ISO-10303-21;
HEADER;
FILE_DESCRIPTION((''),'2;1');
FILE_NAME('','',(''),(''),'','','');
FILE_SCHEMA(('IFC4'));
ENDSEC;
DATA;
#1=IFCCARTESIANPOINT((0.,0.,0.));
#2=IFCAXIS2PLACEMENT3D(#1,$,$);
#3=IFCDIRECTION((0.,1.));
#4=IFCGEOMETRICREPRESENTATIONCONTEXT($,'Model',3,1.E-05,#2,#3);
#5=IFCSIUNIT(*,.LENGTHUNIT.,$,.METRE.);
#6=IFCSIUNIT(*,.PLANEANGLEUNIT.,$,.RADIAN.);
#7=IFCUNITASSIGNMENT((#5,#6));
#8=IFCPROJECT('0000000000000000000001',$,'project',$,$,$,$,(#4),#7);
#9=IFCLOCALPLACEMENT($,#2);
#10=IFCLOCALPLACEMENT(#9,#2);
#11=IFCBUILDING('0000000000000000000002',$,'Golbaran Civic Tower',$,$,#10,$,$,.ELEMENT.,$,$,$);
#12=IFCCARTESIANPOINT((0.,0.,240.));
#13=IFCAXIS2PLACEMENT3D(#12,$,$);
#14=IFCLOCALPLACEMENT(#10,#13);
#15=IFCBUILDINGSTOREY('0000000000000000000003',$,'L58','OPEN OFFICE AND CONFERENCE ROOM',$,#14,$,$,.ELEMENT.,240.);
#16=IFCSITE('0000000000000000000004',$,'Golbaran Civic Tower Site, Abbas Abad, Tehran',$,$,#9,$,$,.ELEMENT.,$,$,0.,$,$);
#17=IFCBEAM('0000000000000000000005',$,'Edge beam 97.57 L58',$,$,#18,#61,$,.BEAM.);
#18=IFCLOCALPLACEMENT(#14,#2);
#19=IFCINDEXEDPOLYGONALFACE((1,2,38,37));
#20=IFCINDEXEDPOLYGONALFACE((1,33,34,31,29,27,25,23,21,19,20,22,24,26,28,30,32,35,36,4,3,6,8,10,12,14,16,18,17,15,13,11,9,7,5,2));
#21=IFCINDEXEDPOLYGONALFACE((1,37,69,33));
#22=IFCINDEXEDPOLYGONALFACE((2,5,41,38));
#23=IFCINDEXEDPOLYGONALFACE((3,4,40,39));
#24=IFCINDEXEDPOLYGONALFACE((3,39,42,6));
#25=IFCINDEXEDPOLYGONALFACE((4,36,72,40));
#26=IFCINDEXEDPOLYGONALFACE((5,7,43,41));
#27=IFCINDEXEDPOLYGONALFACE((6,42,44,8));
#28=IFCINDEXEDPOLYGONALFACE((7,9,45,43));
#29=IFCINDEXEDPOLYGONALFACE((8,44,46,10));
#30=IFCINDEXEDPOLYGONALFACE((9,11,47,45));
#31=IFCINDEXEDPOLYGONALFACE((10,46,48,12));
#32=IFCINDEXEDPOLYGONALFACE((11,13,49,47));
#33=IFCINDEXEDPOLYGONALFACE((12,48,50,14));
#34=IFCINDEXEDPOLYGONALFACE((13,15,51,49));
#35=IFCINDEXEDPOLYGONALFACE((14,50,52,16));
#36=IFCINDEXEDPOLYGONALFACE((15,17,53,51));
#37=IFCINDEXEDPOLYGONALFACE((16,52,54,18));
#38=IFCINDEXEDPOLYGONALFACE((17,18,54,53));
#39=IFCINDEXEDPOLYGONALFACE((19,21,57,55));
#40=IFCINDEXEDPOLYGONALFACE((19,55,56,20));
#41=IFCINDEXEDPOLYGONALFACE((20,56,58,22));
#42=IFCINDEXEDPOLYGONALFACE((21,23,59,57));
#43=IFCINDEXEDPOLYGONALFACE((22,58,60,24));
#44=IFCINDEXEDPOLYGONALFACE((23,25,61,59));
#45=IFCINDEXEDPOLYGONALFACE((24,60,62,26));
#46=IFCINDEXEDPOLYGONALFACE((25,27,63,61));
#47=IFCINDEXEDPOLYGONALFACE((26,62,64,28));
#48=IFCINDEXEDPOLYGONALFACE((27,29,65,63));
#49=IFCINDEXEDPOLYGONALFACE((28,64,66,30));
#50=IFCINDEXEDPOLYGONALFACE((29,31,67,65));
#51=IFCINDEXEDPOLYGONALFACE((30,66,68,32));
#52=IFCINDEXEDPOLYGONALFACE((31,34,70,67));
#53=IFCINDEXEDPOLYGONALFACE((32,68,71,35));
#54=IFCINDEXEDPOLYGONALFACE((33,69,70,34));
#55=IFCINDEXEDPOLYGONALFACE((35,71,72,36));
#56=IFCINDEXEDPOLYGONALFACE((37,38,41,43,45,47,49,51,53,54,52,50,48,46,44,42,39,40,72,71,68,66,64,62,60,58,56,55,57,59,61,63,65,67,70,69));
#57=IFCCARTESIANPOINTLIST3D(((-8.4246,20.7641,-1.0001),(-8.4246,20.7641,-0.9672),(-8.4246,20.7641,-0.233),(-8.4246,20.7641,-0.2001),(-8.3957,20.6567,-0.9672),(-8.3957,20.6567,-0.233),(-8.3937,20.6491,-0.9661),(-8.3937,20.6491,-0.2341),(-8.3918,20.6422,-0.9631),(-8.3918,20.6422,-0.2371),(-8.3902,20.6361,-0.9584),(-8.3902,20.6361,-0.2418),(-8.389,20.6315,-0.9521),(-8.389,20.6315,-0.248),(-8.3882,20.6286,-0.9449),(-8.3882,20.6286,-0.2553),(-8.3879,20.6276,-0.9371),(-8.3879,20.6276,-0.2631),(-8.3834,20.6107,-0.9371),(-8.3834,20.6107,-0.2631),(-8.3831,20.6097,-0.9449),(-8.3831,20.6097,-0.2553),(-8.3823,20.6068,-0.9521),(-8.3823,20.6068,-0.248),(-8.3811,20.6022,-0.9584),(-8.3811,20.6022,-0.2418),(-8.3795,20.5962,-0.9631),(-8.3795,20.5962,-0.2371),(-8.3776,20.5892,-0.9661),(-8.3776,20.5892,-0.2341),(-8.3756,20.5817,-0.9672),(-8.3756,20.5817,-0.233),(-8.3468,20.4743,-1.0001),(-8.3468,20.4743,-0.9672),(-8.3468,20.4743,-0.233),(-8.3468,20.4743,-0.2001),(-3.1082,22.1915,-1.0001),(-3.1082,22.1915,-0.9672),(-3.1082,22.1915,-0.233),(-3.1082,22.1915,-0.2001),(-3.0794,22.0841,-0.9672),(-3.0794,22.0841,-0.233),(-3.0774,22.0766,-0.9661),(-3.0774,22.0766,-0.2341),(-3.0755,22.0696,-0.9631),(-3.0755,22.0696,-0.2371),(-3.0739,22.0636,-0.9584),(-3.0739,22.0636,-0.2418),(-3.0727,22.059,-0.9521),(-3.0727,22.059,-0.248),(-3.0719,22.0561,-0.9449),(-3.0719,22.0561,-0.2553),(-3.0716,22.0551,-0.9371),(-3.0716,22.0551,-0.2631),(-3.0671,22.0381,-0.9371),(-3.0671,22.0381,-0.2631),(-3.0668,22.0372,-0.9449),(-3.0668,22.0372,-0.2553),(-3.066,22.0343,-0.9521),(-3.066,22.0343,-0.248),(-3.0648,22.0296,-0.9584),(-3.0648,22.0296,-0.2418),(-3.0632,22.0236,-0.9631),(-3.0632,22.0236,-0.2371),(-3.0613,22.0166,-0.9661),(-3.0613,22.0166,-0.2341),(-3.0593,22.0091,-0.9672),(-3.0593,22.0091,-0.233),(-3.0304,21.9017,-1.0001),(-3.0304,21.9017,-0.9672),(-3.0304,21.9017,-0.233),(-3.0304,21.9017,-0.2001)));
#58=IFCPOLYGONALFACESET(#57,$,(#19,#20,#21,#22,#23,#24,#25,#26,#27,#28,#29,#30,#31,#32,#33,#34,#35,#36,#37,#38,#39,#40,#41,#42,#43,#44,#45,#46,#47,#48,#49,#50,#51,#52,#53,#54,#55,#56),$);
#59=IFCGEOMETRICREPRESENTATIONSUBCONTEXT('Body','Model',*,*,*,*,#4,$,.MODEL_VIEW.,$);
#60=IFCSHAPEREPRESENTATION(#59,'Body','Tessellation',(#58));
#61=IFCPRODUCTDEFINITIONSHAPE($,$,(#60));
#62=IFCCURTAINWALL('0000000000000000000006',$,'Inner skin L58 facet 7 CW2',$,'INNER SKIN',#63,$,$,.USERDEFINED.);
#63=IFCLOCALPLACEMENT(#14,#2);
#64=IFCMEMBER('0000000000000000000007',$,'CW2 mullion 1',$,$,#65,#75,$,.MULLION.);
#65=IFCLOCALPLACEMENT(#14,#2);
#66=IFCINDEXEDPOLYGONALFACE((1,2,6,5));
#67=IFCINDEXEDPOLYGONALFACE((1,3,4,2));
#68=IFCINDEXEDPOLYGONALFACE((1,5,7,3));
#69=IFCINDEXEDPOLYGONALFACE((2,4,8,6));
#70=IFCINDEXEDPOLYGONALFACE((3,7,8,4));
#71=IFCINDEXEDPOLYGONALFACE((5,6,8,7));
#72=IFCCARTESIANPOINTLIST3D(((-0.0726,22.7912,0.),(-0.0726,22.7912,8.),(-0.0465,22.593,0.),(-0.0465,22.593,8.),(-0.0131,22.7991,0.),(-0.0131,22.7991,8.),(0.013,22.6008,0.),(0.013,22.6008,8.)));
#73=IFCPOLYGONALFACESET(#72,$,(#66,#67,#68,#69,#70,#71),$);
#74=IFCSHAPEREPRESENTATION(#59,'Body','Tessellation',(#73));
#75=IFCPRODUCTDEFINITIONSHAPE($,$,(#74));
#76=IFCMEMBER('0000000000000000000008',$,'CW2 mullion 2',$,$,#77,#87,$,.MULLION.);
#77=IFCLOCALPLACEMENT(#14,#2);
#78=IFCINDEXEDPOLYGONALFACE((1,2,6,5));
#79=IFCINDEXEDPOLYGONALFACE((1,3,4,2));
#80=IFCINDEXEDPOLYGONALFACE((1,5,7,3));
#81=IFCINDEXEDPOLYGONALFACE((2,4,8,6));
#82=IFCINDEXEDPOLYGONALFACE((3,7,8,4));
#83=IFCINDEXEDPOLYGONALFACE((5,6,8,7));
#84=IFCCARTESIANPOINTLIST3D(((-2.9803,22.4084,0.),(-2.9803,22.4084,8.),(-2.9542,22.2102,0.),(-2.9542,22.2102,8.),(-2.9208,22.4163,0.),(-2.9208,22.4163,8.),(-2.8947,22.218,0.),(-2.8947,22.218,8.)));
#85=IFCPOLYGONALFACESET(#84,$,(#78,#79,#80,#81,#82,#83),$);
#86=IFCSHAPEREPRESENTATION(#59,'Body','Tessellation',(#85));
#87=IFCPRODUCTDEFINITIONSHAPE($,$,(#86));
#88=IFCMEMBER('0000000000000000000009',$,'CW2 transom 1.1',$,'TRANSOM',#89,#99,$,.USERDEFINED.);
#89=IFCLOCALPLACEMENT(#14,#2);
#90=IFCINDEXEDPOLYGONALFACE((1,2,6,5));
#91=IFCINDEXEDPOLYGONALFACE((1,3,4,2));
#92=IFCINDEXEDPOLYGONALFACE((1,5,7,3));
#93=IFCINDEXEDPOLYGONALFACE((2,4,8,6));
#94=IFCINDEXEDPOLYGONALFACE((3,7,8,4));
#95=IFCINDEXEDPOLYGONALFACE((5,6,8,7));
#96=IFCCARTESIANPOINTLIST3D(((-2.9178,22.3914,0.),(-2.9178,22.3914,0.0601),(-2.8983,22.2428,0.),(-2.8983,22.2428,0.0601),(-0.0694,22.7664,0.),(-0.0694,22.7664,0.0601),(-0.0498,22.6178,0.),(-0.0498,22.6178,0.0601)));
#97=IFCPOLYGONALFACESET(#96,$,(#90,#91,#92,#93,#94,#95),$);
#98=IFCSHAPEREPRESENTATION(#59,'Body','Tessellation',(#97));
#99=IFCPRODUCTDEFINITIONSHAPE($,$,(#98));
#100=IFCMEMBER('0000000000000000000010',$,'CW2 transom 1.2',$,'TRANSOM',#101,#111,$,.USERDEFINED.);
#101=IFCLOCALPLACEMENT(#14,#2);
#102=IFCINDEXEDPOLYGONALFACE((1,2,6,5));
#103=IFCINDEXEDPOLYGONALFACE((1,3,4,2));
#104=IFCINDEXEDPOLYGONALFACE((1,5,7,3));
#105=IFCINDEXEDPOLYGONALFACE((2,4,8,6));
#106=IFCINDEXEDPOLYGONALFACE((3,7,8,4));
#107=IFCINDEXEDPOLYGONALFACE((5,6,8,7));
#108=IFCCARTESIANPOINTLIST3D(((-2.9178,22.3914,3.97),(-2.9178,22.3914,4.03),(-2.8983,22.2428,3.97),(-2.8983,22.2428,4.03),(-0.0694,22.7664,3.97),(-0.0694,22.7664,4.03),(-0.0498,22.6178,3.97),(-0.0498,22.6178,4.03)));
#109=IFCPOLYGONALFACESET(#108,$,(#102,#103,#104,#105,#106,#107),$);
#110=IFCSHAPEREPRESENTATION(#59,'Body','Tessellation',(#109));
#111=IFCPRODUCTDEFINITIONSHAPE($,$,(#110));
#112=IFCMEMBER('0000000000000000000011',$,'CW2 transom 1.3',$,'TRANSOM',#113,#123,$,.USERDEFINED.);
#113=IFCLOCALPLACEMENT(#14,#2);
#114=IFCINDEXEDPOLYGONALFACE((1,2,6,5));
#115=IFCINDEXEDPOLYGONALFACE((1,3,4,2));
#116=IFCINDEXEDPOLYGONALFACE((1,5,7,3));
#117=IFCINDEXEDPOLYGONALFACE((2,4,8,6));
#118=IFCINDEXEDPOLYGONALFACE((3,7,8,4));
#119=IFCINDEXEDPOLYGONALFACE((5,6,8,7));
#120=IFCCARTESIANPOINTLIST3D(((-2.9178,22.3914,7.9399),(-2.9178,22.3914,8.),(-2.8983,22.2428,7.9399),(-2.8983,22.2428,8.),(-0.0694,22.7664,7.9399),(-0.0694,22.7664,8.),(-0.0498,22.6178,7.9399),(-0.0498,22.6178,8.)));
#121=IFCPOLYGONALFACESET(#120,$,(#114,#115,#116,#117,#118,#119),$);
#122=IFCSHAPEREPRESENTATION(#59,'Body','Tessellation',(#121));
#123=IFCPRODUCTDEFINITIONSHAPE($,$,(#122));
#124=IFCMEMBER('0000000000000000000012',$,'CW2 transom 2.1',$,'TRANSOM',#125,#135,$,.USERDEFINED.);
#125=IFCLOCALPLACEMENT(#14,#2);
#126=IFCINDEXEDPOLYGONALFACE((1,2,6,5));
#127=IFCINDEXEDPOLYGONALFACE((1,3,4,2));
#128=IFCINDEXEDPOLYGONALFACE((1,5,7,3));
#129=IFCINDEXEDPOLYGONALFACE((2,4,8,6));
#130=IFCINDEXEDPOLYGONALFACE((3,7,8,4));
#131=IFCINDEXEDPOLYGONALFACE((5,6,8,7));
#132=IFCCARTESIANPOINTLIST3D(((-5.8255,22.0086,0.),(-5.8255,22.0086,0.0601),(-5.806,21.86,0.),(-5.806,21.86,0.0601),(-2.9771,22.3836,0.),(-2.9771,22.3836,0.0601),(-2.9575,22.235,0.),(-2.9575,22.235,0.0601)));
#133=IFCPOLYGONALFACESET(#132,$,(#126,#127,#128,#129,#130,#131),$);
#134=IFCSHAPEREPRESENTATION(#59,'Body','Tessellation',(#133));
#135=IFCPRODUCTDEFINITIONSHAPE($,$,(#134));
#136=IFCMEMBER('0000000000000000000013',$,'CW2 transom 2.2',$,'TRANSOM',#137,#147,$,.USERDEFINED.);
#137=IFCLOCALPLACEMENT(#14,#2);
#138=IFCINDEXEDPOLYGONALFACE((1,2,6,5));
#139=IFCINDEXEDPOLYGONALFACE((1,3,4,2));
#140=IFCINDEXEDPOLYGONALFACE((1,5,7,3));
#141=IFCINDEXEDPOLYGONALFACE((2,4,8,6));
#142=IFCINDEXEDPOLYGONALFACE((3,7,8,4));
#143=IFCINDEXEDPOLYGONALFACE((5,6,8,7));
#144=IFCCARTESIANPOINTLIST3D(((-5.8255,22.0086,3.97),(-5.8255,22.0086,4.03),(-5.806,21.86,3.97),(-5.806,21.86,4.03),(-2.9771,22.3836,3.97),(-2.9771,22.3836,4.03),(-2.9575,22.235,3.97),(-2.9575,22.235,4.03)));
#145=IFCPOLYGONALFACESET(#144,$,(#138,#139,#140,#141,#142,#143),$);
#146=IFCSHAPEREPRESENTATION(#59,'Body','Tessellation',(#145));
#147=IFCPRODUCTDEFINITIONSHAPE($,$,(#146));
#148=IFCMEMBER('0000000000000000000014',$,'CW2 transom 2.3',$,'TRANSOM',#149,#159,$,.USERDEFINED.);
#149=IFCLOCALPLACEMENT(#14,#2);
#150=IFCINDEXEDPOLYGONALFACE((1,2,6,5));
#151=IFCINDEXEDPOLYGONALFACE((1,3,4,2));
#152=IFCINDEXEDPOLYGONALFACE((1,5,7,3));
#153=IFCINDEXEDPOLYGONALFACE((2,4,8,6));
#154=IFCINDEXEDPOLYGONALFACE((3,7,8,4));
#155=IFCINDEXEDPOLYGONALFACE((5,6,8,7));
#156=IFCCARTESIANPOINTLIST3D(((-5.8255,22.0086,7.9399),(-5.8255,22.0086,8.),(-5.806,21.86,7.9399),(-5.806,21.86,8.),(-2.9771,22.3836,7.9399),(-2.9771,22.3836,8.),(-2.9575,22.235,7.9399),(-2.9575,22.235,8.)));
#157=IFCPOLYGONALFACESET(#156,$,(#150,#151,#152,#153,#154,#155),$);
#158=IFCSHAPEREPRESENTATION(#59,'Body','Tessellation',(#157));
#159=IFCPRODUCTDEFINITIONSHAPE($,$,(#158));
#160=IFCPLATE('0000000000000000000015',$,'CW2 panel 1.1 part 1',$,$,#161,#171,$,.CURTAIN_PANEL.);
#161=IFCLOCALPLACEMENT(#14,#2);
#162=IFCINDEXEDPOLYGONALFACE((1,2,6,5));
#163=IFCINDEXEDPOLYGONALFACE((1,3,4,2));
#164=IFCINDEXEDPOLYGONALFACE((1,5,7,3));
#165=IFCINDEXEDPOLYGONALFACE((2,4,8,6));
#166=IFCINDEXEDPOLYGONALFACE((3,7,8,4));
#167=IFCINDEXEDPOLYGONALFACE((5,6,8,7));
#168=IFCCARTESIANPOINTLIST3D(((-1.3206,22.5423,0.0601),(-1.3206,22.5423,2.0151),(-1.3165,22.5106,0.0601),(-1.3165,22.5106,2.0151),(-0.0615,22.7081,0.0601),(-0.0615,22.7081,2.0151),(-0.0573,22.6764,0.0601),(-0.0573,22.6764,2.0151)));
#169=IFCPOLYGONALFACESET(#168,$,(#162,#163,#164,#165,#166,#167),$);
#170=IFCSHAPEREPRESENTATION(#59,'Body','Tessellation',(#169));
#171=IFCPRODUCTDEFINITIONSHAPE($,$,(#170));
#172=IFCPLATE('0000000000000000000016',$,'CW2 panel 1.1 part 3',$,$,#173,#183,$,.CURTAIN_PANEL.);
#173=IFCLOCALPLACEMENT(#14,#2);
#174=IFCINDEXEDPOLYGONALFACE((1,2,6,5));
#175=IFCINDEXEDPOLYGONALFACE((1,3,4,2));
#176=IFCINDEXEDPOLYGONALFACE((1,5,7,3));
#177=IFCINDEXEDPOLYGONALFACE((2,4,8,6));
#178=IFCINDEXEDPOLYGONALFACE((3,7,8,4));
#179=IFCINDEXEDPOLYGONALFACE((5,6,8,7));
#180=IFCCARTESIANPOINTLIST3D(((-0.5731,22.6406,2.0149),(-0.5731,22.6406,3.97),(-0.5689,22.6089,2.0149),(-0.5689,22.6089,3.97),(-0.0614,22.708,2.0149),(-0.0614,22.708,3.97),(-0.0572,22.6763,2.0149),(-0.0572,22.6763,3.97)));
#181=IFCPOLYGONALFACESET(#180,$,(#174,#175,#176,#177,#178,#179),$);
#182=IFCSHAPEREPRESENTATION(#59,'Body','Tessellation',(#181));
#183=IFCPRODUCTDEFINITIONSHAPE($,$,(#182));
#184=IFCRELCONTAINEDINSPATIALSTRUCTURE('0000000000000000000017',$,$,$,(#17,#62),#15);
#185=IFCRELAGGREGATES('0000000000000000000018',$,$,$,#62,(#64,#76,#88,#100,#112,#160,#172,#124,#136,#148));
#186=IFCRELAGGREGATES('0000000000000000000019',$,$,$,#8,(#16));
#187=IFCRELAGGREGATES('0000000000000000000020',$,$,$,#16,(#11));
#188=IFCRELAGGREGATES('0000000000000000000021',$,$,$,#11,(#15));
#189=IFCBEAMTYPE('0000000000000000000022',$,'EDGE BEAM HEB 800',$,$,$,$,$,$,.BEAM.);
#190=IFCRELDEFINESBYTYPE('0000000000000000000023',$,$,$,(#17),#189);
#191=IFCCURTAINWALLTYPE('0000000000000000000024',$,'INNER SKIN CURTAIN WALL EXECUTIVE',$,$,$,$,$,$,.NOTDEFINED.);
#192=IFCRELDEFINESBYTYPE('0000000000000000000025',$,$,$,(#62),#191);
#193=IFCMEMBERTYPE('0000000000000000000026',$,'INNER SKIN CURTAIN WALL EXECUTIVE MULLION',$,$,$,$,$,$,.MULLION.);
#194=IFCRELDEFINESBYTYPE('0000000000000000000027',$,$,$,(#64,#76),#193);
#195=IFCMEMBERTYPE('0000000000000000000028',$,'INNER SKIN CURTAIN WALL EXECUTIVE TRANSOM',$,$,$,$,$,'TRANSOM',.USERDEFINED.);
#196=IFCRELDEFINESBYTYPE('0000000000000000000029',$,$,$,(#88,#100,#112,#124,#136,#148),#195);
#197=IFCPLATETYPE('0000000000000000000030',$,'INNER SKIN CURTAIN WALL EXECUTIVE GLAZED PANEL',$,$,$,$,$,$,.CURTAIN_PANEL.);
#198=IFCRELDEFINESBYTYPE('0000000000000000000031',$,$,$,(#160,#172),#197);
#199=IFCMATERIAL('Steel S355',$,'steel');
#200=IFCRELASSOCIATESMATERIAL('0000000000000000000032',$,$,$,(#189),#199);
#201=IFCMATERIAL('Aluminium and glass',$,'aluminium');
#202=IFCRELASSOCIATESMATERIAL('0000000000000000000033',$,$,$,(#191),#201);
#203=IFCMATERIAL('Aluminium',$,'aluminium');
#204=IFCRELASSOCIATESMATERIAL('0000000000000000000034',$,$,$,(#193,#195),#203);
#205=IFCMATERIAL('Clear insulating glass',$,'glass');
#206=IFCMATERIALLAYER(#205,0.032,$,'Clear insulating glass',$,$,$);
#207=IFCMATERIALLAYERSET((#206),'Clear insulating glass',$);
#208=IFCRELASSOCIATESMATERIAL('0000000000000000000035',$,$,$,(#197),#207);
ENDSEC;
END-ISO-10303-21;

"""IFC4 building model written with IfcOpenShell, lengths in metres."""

from ifc_helpers import new_model, si_unit, direction, frame, origin, origin_2d, place, context, subcontext, project, spatial, rectangle, i_section, extrude, material, layer, layer_set, material_profile, profile_set, type_object, element, aggregate, save


model = new_model("IFC4")

# Units and contexts
model_context = context("Model", 3, precision=1e-05, world=origin(), true_north=direction((0.0, 1.0)))
body_context = subcontext(model_context, "Body", "Model", "MODEL_VIEW")
ifc_project = project(units=[si_unit("LENGTHUNIT", "METRE"), si_unit("PLANEANGLEUNIT", "RADIAN")], contexts=[model_context])

# Site, building, storey
site_placement = place(None, origin())
site = spatial("IfcSite", under=ifc_project, at=site_placement, Name="Golbaran Civic Tower Site, Abbas Abad, Tehran", CompositionType="ELEMENT", RefElevation=0.0)
building_placement = place(site_placement, origin())
building = spatial("IfcBuilding", under=site, at=building_placement, Name="Golbaran Civic Tower", CompositionType="ELEMENT")
storey_placement = place(building_placement, frame((0.0, 0.0, 240.0)))
storey = spatial("IfcBuildingStorey", under=building, at=storey_placement, Name="L58", Description="OPEN OFFICE AND CONFERENCE ROOM", CompositionType="ELEMENT", Elevation=240.0)

# Beam
ifc_material_1 = material(Name="Steel S355", Category="steel")
ifc_material_profile_1 = material_profile(ifc_material_1, i_section(OverallWidth=0.3, OverallDepth=0.8, WebThickness=0.0176, FlangeThickness=0.033, FilletRadius=0.03, at=origin_2d()), Name="HEB 800")
ifc_profile_set_1 = profile_set([ifc_material_profile_1], Name="Steel S355")
beam_type = type_object("IfcBeamType", Name="EDGE BEAM HEB 800", PredefinedType="BEAM", material=ifc_profile_set_1)
beam_placement = place(storey_placement, frame((-3.0693, 22.0466, -0.6001), z_axis=(-0.965791, -0.259321, 0.0), x_axis=(0.259321, -0.965791, 0.0)))
element("IfcBeam", 1, at=beam_placement, inside=storey, type_object=beam_type, Name="Edge beam 97.57 L58", PredefinedType="BEAM", context=body_context, shape_type="SweptSolid", body=[
    extrude(i_section(OverallWidth=0.3, OverallDepth=0.8, WebThickness=0.0176, FlangeThickness=0.033, FilletRadius=0.03, at=origin_2d()), origin(), (0.0, 0.0, 1.0), 5.5046),
])

# Curtain wall, members, plates
ifc_material_2 = material(Name="Aluminium and glass", Category="aluminium")
curtain_wall_type = type_object("IfcCurtainWallType", Name="INNER SKIN CURTAIN WALL EXECUTIVE", PredefinedType="NOTDEFINED", material=ifc_material_2)
curtain_wall_placement = place(storey_placement, origin())
curtain_wall = element("IfcCurtainWall", 2, at=curtain_wall_placement, inside=storey, type_object=curtain_wall_type, Name="Inner skin L58 facet 7 CW2", ObjectType="INNER SKIN", PredefinedType="USERDEFINED")
ifc_material_3 = material(Name="Aluminium", Category="aluminium")
ifc_material_profile_2 = material_profile(ifc_material_3, rectangle(XDim=0.2, YDim=0.0601, at=origin_2d()), Name="INNER SKIN CURTAIN WALL EXECUTIVE MULLION")
ifc_profile_set_2 = profile_set([ifc_material_profile_2], Name="Aluminium")
member_type_1 = type_object("IfcMemberType", Name="INNER SKIN CURTAIN WALL EXECUTIVE MULLION", PredefinedType="MULLION", material=ifc_profile_set_2)
member_1_placement = place(storey_placement, frame((-0.0298, 22.696, 0.0), z_axis=(0.0, 0.0, 1.0), x_axis=(0.130526, -0.991445, 0.0)))
member_1 = element("IfcMember", 3, at=member_1_placement, type_object=member_type_1, Name="CW2 mullion 1", PredefinedType="MULLION", context=body_context, shape_type="SweptSolid", body=[
    extrude(rectangle(XDim=0.2, YDim=0.0601, at=origin_2d()), origin(), (0.0, 0.0, 1.0), 8.0),
])
member_2_placement = place(storey_placement, frame((-2.9375, 22.3132, 0.0), z_axis=(0.0, 0.0, 1.0), x_axis=(0.130526, -0.991445, 0.0)))
member_2 = element("IfcMember", 4, at=member_2_placement, type_object=member_type_1, Name="CW2 mullion 2", PredefinedType="MULLION", context=body_context, shape_type="SweptSolid", body=[
    extrude(rectangle(XDim=0.2, YDim=0.0601, at=origin_2d()), origin(), (0.0, 0.0, 1.0), 8.0),
])
ifc_material_profile_3 = material_profile(ifc_material_3, rectangle(XDim=0.1499, YDim=0.0601, at=origin_2d()), Name="INNER SKIN CURTAIN WALL EXECUTIVE TRANSOM")
ifc_profile_set_3 = profile_set([ifc_material_profile_3], Name="Aluminium")
member_type_2 = type_object("IfcMemberType", Name="INNER SKIN CURTAIN WALL EXECUTIVE TRANSOM", ElementType="TRANSOM", PredefinedType="USERDEFINED", material=ifc_profile_set_3)
member_3_placement = place(storey_placement, frame((-0.0596, 22.6921, 0.03), z_axis=(-0.991445, -0.130527, 0.0), x_axis=(0.130527, -0.991445, 0.0)))
member_3 = element("IfcMember", 5, at=member_3_placement, type_object=member_type_2, Name="CW2 transom 1.1", ObjectType="TRANSOM", PredefinedType="USERDEFINED", context=body_context, shape_type="SweptSolid", body=[
    extrude(rectangle(XDim=0.1499, YDim=0.0601, at=origin_2d()), origin(), (0.0, 0.0, 1.0), 2.873),
])
member_4_placement = place(storey_placement, frame((-0.0596, 22.6921, 4.0), z_axis=(-0.991445, -0.130527, 0.0), x_axis=(0.130527, -0.991445, 0.0)))
member_4 = element("IfcMember", 6, at=member_4_placement, type_object=member_type_2, Name="CW2 transom 1.2", ObjectType="TRANSOM", PredefinedType="USERDEFINED", context=body_context, shape_type="SweptSolid", body=[
    extrude(rectangle(XDim=0.1499, YDim=0.0601, at=origin_2d()), origin(), (0.0, 0.0, 1.0), 2.873),
])
member_5_placement = place(storey_placement, frame((-0.0596, 22.6921, 7.97), z_axis=(-0.991445, -0.130527, 0.0), x_axis=(0.130527, -0.991445, 0.0)))
member_5 = element("IfcMember", 7, at=member_5_placement, type_object=member_type_2, Name="CW2 transom 1.3", ObjectType="TRANSOM", PredefinedType="USERDEFINED", context=body_context, shape_type="SweptSolid", body=[
    extrude(rectangle(XDim=0.1499, YDim=0.0601, at=origin_2d()), origin(), (0.0, 0.0, 1.0), 2.873),
])
member_6_placement = place(storey_placement, frame((-2.9673, 22.3093, 0.03), z_axis=(-0.991445, -0.130527, 0.0), x_axis=(0.130527, -0.991445, 0.0)))
member_6 = element("IfcMember", 8, at=member_6_placement, type_object=member_type_2, Name="CW2 transom 2.1", ObjectType="TRANSOM", PredefinedType="USERDEFINED", context=body_context, shape_type="SweptSolid", body=[
    extrude(rectangle(XDim=0.1499, YDim=0.0601, at=origin_2d()), origin(), (0.0, 0.0, 1.0), 2.873),
])
member_7_placement = place(storey_placement, frame((-2.9673, 22.3093, 4.0), z_axis=(-0.991445, -0.130527, 0.0), x_axis=(0.130527, -0.991445, 0.0)))
member_7 = element("IfcMember", 9, at=member_7_placement, type_object=member_type_2, Name="CW2 transom 2.2", ObjectType="TRANSOM", PredefinedType="USERDEFINED", context=body_context, shape_type="SweptSolid", body=[
    extrude(rectangle(XDim=0.1499, YDim=0.0601, at=origin_2d()), origin(), (0.0, 0.0, 1.0), 2.873),
])
member_8_placement = place(storey_placement, frame((-2.9673, 22.3093, 7.97), z_axis=(-0.991445, -0.130527, 0.0), x_axis=(0.130527, -0.991445, 0.0)))
member_8 = element("IfcMember", 10, at=member_8_placement, type_object=member_type_2, Name="CW2 transom 2.3", ObjectType="TRANSOM", PredefinedType="USERDEFINED", context=body_context, shape_type="SweptSolid", body=[
    extrude(rectangle(XDim=0.1499, YDim=0.0601, at=origin_2d()), origin(), (0.0, 0.0, 1.0), 2.873),
])
ifc_material_4 = material(Name="Clear insulating glass", Category="glass")
ifc_layer_1 = layer(ifc_material_4, 0.032, Name="Clear insulating glass")
ifc_layer_set_1 = layer_set([ifc_layer_1], Name="Clear insulating glass")
plate_type_1 = type_object("IfcPlateType", Name="INNER SKIN CURTAIN WALL EXECUTIVE GLAZED PANEL", PredefinedType="CURTAIN_PANEL", material=ifc_layer_set_1)
plate_1_placement = place(storey_placement, frame((-0.689, 22.6094, 0.0601), z_axis=(0.0, 0.0, 1.0), x_axis=(-0.991445, -0.130526, 0.0)))
plate_1 = element("IfcPlate", 11, at=plate_1_placement, type_object=plate_type_1, Name="CW2 panel 1.1 part 1", PredefinedType="CURTAIN_PANEL", context=body_context, shape_type="SweptSolid", body=[
    extrude(rectangle(XDim=1.27, YDim=0.032, at=origin_2d()), origin(), (0.0, 0.0, 1.0), 1.9551),
])
plate_2_placement = place(storey_placement, frame((-0.3152, 22.6584, 2.0149), z_axis=(0.0, 0.0, 1.0), x_axis=(-0.991445, -0.130526, 0.0)))
plate_2 = element("IfcPlate", 12, at=plate_2_placement, type_object=plate_type_1, Name="CW2 panel 1.1 part 3", PredefinedType="CURTAIN_PANEL", context=body_context, shape_type="SweptSolid", body=[
    extrude(rectangle(XDim=0.5161, YDim=0.032, at=origin_2d()), origin(), (0.0, 0.0, 1.0), 1.9551),
])
aggregate(curtain_wall, [member_1, member_2, member_3, member_4, member_5, plate_1, plate_2, member_6, member_7, member_8])

save(model, "model.ifc")
